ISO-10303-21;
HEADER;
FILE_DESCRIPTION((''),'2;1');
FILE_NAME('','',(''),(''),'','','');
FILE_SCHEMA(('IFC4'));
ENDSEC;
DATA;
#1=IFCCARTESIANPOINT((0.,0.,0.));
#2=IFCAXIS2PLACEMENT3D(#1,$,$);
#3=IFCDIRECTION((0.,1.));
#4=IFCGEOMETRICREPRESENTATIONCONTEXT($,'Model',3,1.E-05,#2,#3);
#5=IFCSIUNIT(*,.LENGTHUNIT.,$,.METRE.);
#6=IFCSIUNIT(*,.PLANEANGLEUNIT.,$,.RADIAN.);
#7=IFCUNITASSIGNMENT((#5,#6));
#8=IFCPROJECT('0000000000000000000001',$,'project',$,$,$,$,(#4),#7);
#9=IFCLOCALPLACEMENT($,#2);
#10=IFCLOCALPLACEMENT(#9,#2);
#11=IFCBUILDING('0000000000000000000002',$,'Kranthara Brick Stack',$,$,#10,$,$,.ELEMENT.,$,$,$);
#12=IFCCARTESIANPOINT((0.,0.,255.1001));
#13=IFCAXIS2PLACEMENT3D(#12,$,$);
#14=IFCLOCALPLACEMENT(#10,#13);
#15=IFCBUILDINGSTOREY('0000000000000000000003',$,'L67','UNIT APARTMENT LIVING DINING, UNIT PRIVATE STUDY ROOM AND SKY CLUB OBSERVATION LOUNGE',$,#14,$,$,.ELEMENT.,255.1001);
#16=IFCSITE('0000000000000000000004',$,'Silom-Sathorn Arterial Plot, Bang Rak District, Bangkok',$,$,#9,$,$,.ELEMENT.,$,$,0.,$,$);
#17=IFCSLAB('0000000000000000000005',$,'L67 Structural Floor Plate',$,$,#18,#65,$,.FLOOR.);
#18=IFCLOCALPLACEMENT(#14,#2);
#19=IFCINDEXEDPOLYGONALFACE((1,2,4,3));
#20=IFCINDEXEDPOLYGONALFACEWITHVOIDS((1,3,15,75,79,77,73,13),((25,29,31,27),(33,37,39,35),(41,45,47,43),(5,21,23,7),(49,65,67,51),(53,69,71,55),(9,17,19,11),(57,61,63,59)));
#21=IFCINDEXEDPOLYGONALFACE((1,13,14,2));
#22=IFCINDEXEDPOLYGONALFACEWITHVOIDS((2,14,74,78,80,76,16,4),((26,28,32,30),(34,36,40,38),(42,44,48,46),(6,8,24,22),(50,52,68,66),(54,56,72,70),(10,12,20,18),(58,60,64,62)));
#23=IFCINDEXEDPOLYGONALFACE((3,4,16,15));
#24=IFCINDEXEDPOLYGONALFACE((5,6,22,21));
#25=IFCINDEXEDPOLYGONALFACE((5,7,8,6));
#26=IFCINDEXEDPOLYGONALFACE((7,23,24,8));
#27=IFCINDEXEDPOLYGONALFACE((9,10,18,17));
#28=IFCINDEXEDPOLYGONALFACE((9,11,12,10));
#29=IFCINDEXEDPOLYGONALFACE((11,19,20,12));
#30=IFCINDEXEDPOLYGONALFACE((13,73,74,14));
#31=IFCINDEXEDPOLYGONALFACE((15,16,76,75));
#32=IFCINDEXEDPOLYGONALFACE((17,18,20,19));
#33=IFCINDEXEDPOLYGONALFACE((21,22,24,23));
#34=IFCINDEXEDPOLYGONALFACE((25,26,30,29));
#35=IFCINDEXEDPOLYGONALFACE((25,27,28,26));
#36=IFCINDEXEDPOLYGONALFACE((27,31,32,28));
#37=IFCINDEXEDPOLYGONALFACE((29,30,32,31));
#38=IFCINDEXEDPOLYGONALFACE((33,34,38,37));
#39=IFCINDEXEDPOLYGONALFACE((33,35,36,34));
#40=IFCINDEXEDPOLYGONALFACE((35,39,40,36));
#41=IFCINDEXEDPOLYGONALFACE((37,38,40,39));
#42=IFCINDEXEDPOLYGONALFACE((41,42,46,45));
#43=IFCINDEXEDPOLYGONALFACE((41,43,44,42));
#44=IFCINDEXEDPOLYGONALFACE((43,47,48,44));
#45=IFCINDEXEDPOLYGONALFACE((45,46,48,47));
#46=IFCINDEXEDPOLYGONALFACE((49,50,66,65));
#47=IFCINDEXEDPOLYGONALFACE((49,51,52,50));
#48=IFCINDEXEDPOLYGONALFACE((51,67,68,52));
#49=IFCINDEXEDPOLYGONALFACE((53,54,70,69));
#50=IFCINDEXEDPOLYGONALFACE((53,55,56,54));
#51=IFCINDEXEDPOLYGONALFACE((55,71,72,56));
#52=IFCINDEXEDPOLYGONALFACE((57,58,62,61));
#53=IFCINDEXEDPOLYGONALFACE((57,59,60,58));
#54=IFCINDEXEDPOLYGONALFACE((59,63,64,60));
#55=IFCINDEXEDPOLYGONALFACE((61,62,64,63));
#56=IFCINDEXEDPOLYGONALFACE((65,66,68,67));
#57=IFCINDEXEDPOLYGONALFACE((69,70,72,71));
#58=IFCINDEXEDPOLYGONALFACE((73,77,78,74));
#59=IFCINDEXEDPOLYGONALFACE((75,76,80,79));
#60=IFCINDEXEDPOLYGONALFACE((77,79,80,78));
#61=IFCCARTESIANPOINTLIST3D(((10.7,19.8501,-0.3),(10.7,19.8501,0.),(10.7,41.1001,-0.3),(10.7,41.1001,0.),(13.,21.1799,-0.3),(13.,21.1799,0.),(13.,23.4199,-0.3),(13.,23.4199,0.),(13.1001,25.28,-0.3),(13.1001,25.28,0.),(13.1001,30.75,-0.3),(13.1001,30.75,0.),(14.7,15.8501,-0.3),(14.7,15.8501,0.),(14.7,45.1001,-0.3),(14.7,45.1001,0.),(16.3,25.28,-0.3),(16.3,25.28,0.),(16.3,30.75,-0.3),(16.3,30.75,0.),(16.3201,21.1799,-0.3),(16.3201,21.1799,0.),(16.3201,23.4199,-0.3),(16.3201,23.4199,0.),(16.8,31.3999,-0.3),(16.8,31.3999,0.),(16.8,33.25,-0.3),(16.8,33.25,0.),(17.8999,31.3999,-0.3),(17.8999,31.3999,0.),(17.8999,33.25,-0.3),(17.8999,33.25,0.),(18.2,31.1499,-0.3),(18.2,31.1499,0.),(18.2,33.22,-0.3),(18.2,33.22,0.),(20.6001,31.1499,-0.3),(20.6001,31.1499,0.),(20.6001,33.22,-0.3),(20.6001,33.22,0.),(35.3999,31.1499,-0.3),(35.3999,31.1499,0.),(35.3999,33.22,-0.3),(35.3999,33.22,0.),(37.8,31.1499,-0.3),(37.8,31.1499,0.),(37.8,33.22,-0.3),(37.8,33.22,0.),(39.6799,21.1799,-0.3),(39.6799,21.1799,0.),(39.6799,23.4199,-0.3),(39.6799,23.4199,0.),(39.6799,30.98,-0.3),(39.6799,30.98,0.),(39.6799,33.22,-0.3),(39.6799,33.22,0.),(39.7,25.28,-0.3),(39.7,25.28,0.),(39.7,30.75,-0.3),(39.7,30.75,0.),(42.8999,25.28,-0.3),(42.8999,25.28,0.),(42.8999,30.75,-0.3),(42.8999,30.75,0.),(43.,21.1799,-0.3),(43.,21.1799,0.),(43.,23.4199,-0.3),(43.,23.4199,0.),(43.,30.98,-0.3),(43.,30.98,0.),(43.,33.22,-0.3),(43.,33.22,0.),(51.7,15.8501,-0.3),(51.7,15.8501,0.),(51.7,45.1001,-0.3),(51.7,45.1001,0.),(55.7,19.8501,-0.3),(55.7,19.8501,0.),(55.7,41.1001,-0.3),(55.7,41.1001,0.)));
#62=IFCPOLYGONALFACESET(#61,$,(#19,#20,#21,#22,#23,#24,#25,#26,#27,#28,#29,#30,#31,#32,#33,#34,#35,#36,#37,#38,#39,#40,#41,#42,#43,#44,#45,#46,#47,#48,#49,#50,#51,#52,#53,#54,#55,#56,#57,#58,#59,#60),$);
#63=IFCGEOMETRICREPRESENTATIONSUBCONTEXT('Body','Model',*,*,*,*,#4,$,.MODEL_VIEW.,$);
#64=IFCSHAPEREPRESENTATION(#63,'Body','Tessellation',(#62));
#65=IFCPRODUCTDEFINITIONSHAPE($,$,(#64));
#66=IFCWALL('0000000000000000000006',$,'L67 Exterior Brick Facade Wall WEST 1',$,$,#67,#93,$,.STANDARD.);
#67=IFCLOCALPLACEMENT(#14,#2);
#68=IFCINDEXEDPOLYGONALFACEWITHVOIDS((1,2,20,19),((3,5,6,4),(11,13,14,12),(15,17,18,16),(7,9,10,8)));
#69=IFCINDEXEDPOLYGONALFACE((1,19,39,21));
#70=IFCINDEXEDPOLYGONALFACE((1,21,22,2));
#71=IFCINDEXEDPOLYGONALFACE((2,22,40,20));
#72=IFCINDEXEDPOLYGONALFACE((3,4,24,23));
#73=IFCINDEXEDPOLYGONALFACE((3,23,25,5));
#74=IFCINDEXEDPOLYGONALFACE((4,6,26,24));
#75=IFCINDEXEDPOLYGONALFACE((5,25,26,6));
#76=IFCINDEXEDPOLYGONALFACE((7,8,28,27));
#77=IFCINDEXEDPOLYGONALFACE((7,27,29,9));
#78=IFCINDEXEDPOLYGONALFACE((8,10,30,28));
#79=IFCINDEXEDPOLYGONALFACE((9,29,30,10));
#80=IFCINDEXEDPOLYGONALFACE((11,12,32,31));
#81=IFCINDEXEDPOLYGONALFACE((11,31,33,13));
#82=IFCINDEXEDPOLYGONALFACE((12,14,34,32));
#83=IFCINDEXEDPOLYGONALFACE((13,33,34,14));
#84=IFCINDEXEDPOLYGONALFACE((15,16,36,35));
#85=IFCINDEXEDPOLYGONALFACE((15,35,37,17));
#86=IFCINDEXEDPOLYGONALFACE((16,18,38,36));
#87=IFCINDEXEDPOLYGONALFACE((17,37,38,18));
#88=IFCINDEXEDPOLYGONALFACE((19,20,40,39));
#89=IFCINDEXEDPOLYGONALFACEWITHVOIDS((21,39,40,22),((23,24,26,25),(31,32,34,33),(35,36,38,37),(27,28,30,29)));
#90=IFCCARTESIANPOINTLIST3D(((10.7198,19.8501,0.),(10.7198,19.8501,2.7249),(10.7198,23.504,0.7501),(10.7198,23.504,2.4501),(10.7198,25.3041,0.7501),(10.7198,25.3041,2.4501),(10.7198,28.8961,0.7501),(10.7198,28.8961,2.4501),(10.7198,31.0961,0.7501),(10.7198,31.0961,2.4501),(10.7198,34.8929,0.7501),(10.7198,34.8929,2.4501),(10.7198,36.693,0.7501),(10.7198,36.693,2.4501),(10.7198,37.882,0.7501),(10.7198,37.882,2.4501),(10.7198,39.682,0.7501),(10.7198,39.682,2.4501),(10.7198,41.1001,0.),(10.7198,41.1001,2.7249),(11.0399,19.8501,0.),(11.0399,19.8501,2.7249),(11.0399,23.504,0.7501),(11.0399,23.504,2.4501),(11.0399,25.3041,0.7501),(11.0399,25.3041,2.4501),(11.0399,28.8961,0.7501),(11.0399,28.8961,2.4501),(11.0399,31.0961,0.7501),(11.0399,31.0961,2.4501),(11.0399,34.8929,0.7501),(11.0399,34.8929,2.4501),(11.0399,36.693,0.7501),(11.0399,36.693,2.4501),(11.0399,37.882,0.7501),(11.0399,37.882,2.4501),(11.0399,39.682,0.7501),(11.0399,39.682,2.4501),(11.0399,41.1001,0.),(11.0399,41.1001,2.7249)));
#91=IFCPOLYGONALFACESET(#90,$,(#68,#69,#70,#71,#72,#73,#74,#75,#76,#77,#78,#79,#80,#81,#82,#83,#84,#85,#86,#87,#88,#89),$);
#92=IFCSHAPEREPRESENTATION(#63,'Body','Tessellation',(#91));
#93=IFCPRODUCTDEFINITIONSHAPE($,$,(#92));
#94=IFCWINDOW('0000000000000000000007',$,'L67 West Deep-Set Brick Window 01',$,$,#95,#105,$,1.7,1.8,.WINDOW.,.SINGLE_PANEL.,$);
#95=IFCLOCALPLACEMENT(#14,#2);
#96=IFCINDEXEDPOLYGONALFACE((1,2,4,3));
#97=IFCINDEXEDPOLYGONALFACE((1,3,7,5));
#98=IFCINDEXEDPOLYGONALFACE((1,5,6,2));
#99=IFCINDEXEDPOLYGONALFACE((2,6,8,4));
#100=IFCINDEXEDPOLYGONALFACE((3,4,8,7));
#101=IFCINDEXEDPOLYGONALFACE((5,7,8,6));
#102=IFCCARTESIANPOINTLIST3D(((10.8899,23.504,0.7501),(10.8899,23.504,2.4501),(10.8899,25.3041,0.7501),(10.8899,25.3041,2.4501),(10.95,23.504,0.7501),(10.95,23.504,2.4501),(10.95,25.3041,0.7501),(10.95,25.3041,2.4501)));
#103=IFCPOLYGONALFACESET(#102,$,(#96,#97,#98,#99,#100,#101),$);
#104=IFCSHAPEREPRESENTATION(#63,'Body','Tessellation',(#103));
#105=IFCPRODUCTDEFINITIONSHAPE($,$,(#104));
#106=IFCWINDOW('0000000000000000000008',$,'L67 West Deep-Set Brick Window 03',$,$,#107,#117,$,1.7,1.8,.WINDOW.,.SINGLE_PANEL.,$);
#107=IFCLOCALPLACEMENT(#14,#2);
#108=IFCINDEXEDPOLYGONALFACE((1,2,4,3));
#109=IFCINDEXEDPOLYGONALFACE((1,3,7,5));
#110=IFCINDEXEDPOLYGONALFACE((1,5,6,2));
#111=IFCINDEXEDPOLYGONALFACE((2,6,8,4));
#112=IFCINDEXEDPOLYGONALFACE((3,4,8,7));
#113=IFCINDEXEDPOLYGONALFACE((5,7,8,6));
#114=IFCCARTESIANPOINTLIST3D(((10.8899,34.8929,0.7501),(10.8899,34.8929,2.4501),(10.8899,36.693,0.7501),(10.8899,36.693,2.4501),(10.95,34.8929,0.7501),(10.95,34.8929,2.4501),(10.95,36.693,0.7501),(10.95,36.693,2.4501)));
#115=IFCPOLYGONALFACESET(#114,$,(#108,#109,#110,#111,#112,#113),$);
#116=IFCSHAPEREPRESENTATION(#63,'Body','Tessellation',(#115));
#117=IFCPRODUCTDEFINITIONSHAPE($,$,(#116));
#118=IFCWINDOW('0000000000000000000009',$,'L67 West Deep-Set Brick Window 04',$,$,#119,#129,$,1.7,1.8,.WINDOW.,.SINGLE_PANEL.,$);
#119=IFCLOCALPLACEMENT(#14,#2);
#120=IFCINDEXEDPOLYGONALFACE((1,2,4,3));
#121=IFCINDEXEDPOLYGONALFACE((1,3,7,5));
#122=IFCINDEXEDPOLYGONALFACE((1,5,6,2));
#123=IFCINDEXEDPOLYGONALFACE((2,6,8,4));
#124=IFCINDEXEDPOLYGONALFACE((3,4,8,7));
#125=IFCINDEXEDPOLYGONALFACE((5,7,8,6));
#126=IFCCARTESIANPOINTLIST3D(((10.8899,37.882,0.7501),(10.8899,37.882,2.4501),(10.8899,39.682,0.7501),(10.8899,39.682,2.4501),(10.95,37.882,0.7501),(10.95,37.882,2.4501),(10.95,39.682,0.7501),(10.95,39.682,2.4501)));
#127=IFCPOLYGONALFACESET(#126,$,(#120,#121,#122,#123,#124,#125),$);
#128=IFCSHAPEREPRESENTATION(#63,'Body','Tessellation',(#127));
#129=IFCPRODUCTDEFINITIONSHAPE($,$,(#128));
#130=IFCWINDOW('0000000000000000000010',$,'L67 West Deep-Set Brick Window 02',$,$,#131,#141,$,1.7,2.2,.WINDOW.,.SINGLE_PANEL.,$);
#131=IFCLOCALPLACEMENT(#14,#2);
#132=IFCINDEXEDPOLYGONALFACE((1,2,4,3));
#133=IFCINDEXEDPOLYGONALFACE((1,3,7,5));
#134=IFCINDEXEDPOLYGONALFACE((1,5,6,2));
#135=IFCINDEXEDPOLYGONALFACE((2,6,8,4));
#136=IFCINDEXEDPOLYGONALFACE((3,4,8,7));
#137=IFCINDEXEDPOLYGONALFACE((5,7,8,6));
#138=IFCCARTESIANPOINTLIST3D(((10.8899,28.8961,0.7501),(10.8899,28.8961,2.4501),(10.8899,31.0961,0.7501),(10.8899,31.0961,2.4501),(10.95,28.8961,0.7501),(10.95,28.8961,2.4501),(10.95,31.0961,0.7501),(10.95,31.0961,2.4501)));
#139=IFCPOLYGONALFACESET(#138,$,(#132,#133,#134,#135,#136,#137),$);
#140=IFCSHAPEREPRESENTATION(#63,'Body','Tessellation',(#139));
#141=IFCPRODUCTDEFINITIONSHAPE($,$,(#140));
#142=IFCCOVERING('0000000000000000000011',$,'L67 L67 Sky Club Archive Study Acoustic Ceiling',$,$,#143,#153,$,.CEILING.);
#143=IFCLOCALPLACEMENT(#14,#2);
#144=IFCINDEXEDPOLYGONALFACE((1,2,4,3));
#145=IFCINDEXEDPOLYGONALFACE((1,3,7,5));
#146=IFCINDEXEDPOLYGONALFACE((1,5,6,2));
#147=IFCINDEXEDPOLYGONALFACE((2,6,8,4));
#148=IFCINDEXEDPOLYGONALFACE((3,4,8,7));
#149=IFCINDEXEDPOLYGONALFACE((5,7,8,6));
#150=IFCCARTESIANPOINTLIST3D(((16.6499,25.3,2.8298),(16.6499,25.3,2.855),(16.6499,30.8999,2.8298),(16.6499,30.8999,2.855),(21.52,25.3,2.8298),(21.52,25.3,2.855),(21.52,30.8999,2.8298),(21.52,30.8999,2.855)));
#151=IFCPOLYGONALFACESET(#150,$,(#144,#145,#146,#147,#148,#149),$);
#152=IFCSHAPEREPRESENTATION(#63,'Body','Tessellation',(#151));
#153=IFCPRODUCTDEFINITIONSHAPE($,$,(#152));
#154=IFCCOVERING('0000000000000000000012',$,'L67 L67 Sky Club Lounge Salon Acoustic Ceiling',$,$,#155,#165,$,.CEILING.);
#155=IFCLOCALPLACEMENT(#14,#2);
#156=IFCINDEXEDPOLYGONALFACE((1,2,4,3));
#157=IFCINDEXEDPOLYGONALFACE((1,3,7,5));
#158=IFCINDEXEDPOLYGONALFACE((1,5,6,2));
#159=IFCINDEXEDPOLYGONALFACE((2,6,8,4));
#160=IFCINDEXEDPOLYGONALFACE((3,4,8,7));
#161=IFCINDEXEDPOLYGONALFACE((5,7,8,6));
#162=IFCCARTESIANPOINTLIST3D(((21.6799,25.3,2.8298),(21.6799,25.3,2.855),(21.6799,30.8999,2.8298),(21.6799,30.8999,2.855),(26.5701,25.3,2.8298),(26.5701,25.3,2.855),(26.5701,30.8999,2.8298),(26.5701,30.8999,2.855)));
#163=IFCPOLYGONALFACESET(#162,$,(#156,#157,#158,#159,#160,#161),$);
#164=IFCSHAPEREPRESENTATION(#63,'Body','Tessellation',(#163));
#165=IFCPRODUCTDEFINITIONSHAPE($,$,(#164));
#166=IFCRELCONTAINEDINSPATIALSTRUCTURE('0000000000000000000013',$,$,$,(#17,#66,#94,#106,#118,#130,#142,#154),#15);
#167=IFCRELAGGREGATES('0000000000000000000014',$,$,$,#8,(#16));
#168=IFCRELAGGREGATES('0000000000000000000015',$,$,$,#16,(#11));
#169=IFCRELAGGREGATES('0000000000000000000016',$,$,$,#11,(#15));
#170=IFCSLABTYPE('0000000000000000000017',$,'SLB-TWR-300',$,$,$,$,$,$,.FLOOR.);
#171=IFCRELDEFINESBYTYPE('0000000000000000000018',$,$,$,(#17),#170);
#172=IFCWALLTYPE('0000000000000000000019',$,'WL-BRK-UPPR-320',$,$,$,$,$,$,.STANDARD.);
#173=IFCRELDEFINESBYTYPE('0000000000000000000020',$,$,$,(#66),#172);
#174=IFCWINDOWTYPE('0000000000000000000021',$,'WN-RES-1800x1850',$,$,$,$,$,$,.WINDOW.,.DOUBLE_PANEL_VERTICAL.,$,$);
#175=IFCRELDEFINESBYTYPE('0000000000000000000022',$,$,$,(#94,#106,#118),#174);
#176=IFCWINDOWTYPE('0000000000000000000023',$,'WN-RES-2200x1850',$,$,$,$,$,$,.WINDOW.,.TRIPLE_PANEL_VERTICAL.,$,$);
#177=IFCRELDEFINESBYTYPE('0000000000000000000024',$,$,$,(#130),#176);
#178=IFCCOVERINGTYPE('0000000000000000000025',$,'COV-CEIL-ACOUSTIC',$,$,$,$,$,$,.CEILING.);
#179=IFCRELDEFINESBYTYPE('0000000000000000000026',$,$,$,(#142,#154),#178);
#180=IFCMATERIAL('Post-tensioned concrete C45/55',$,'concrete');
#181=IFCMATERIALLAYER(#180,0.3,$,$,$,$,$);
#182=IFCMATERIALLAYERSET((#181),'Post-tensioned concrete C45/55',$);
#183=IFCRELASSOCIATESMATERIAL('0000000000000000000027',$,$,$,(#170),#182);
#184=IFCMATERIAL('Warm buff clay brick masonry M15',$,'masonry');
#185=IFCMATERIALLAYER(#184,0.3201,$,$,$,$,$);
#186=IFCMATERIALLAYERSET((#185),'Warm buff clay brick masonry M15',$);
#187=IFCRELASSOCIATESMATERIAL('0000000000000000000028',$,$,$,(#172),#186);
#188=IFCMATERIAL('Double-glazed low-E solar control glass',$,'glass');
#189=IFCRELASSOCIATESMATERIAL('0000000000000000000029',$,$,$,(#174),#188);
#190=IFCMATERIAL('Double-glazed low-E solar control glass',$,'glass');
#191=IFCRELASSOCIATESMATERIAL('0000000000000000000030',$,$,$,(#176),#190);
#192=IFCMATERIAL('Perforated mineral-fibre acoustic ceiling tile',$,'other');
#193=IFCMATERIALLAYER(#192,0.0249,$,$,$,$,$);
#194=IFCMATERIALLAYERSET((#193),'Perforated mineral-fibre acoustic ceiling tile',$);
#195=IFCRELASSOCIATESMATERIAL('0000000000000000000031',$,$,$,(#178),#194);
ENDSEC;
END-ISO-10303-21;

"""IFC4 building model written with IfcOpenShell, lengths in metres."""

from ifc_helpers import new_model, si_unit, direction, frame, frame_2d, origin, place, context, subcontext, project, spatial, polyline, rectangle, outline, extrude, material, layer, layer_set, type_object, element, fill, save


model = new_model("IFC4")

# Units and contexts
model_context = context("Model", 3, precision=1e-05, world=origin(), true_north=direction((0.0, 1.0)))
body_context = subcontext(model_context, "Body", "Model", "MODEL_VIEW")
ifc_project = project(units=[si_unit("LENGTHUNIT", "METRE"), si_unit("PLANEANGLEUNIT", "RADIAN")], contexts=[model_context])

# Site, building, storey
site_placement = place(None, origin())
site = spatial("IfcSite", under=ifc_project, at=site_placement, Name="Silom-Sathorn Arterial Plot, Bang Rak District, Bangkok", CompositionType="ELEMENT", RefElevation=0.0)
building_placement = place(site_placement, origin())
building = spatial("IfcBuilding", under=site, at=building_placement, Name="Kranthara Brick Stack", CompositionType="ELEMENT")
storey_placement = place(building_placement, frame((0.0, 0.0, 255.1001)))
storey = spatial("IfcBuildingStorey", under=building, at=storey_placement, Name="L67", Description="UNIT APARTMENT LIVING DINING, UNIT PRIVATE STUDY ROOM AND SKY CLUB OBSERVATION LOUNGE", CompositionType="ELEMENT", Elevation=255.1001)

# Slab
ifc_material_1 = material(Name="Post-tensioned concrete C45/55", Category="concrete")
ifc_layer_1 = layer(ifc_material_1, 0.3)
ifc_layer_set_1 = layer_set([ifc_layer_1], Name="Post-tensioned concrete C45/55")
slab_type_1 = type_object("IfcSlabType", Name="SLB-TWR-300", PredefinedType="FLOOR", material=ifc_layer_set_1)
slab_1_placement = place(storey_placement, frame((0.0, 0.0, -0.3)))
element("IfcSlab", 1, at=slab_1_placement, inside=storey, type_object=slab_type_1, Name="L67 Structural Floor Plate", PredefinedType="FLOOR", context=body_context, shape_type="SweptSolid", body=[
    extrude(outline(polyline([(14.7, 15.8501), (51.7, 15.8501), (55.7, 19.8501), (55.7, 41.1001), (51.7, 45.1001), (14.7, 45.1001), (10.7, 41.1001), (10.7, 19.8501), (14.7, 15.8501)]), holes=[polyline([(13.1001, 25.28), (16.3, 25.28), (16.3, 30.75), (13.1001, 30.75), (13.1001, 25.28)]), polyline([(39.7, 25.28), (42.8999, 25.28), (42.8999, 30.75), (39.7, 30.75), (39.7, 25.28)]), polyline([(13.0, 21.1799), (16.3201, 21.1799), (16.3201, 23.4199), (13.0, 23.4199), (13.0, 21.1799)]), polyline([(39.6799, 21.1799), (43.0, 21.1799), (43.0, 23.4199), (39.6799, 23.4199), (39.6799, 21.1799)]), polyline([(39.6799, 30.98), (43.0, 30.98), (43.0, 33.22), (39.6799, 33.22), (39.6799, 30.98)]), polyline([(18.2, 31.1499), (20.6001, 31.1499), (20.6001, 33.22), (18.2, 33.22), (18.2, 31.1499)]), polyline([(35.3999, 31.1499), (37.8, 31.1499), (37.8, 33.22), (35.3999, 33.22), (35.3999, 31.1499)]), polyline([(16.8, 31.3999), (17.8999, 31.3999), (17.8999, 33.25), (16.8, 33.25), (16.8, 31.3999)])]), origin(), (0.0, 0.0, 1.0), 0.3),
])

# Wall, openings, windows
ifc_material_2 = material(Name="Warm buff clay brick masonry M15", Category="masonry")
ifc_layer_2 = layer(ifc_material_2, 0.3201)
ifc_layer_set_2 = layer_set([ifc_layer_2], Name="Warm buff clay brick masonry M15")
wall_type = type_object("IfcWallType", Name="WL-BRK-UPPR-320", PredefinedType="STANDARD", material=ifc_layer_set_2)
wall_placement = place(storey_placement, frame((10.8799, 19.8501, 0.0), z_axis=(0.0, 0.0, 1.0), x_axis=(0.0, 1.0, 0.0)))
wall = element("IfcWall", 2, at=wall_placement, inside=storey, type_object=wall_type, Name="L67 Exterior Brick Facade Wall WEST 1", PredefinedType="STANDARD", context=body_context, shape_type="SweptSolid", body=[
    extrude(rectangle(XDim=21.25, YDim=0.3201, at=frame_2d((10.625, 0.0))), origin(), (0.0, 0.0, 1.0), 2.7249),
])
opening_1_placement = place(wall_placement, frame((3.6541, 0.0, 0.75)))
opening_1 = element("IfcOpeningElement", 3, at=opening_1_placement, cuts=wall, PredefinedType="OPENING", context=body_context, shape_type="SweptSolid", body=[
    extrude(rectangle(XDim=1.8, YDim=1.7, at=frame_2d((0.8999, 0.8501))), frame((0.0, 0.1699, 0.0), z_axis=(0.0, -1.0, 0.0), x_axis=(1.0, 0.0, 0.0)), (0.0, 0.0, 1.0), 0.3401),
])
opening_2_placement = place(wall_placement, frame((9.0459, 0.0, 0.75)))
opening_2 = element("IfcOpeningElement", 4, at=opening_2_placement, cuts=wall, PredefinedType="OPENING", context=body_context, shape_type="SweptSolid", body=[
    extrude(rectangle(XDim=2.2, YDim=1.7, at=frame_2d((1.1001, 0.8501))), frame((0.0, 0.1699, 0.0), z_axis=(0.0, -1.0, 0.0), x_axis=(1.0, 0.0, 0.0)), (0.0, 0.0, 1.0), 0.3401),
])
opening_3_placement = place(wall_placement, frame((15.043, 0.0, 0.75)))
opening_3 = element("IfcOpeningElement", 5, at=opening_3_placement, cuts=wall, PredefinedType="OPENING", context=body_context, shape_type="SweptSolid", body=[
    extrude(rectangle(XDim=1.8, YDim=1.7, at=frame_2d((0.8999, 0.8501))), frame((0.0, 0.1699, 0.0), z_axis=(0.0, -1.0, 0.0), x_axis=(1.0, 0.0, 0.0)), (0.0, 0.0, 1.0), 0.3401),
])
opening_4_placement = place(wall_placement, frame((18.032, 0.0, 0.75)))
opening_4 = element("IfcOpeningElement", 6, at=opening_4_placement, cuts=wall, PredefinedType="OPENING", context=body_context, shape_type="SweptSolid", body=[
    extrude(rectangle(XDim=1.8, YDim=1.7, at=frame_2d((0.8999, 0.8501))), frame((0.0, 0.1699, 0.0), z_axis=(0.0, -1.0, 0.0), x_axis=(1.0, 0.0, 0.0)), (0.0, 0.0, 1.0), 0.3401),
])
ifc_material_3 = material(Name="Double-glazed low-E solar control glass", Category="glass")
window_type_1 = type_object("IfcWindowType", Name="WN-RES-1800x1850", PartitioningType="DOUBLE_PANEL_VERTICAL", PredefinedType="WINDOW", material=ifc_material_3)
window_1_placement = place(opening_1_placement, origin())
window_1 = element("IfcWindow", 7, at=window_1_placement, inside=storey, type_object=window_type_1, Name="L67 West Deep-Set Brick Window 01", OverallHeight=1.7, OverallWidth=1.8, PartitioningType="SINGLE_PANEL", PredefinedType="WINDOW", context=body_context, shape_type="SweptSolid", body=[
    extrude(rectangle(XDim=1.8, YDim=1.7, at=frame_2d((0.8999, 0.8501))), frame((0.0, -0.01, 0.0), z_axis=(0.0, -1.0, 0.0), x_axis=(1.0, 0.0, 0.0)), (0.0, 0.0, 1.0), 0.0601),
])
fill(opening_1, window_1)
window_2_placement = place(opening_3_placement, origin())
window_2 = element("IfcWindow", 8, at=window_2_placement, inside=storey, type_object=window_type_1, Name="L67 West Deep-Set Brick Window 03", OverallHeight=1.7, OverallWidth=1.8, PartitioningType="SINGLE_PANEL", PredefinedType="WINDOW", context=body_context, shape_type="SweptSolid", body=[
    extrude(rectangle(XDim=1.8, YDim=1.7, at=frame_2d((0.8999, 0.8501))), frame((0.0, -0.01, 0.0), z_axis=(0.0, -1.0, 0.0), x_axis=(1.0, 0.0, 0.0)), (0.0, 0.0, 1.0), 0.0601),
])
fill(opening_3, window_2)
window_3_placement = place(opening_4_placement, origin())
window_3 = element("IfcWindow", 9, at=window_3_placement, inside=storey, type_object=window_type_1, Name="L67 West Deep-Set Brick Window 04", OverallHeight=1.7, OverallWidth=1.8, PartitioningType="SINGLE_PANEL", PredefinedType="WINDOW", context=body_context, shape_type="SweptSolid", body=[
    extrude(rectangle(XDim=1.8, YDim=1.7, at=frame_2d((0.8999, 0.8501))), frame((0.0, -0.01, 0.0), z_axis=(0.0, -1.0, 0.0), x_axis=(1.0, 0.0, 0.0)), (0.0, 0.0, 1.0), 0.0601),
])
fill(opening_4, window_3)
ifc_material_4 = material(Name="Double-glazed low-E solar control glass", Category="glass")
window_type_2 = type_object("IfcWindowType", Name="WN-RES-2200x1850", PartitioningType="TRIPLE_PANEL_VERTICAL", PredefinedType="WINDOW", material=ifc_material_4)
window_4_placement = place(opening_2_placement, origin())
window_4 = element("IfcWindow", 10, at=window_4_placement, inside=storey, type_object=window_type_2, Name="L67 West Deep-Set Brick Window 02", OverallHeight=1.7, OverallWidth=2.2, PartitioningType="SINGLE_PANEL", PredefinedType="WINDOW", context=body_context, shape_type="SweptSolid", body=[
    extrude(rectangle(XDim=2.2, YDim=1.7, at=frame_2d((1.1001, 0.8501))), frame((0.0, -0.01, 0.0), z_axis=(0.0, -1.0, 0.0), x_axis=(1.0, 0.0, 0.0)), (0.0, 0.0, 1.0), 0.0601),
])
fill(opening_2, window_4)

# Coverings
ifc_material_5 = material(Name="Perforated mineral-fibre acoustic ceiling tile", Category="other")
ifc_layer_3 = layer(ifc_material_5, 0.0249)
ifc_layer_set_3 = layer_set([ifc_layer_3], Name="Perforated mineral-fibre acoustic ceiling tile")
covering_type_1 = type_object("IfcCoveringType", Name="COV-CEIL-ACOUSTIC", PredefinedType="CEILING", material=ifc_layer_set_3)
covering_1_placement = place(storey_placement, frame((0.0, 0.0, 2.8298)))
element("IfcCovering", 11, at=covering_1_placement, inside=storey, type_object=covering_type_1, Name="L67 L67 Sky Club Archive Study Acoustic Ceiling", PredefinedType="CEILING", context=body_context, shape_type="SweptSolid", body=[
    extrude(outline(polyline([(21.52, 25.3), (21.52, 30.8999), (16.6499, 30.8999), (16.6499, 25.3), (21.52, 25.3)])), origin(), (0.0, 0.0, 1.0), 0.0251),
])
covering_2_placement = place(storey_placement, frame((0.0, 0.0, 2.8298)))
element("IfcCovering", 12, at=covering_2_placement, inside=storey, type_object=covering_type_1, Name="L67 L67 Sky Club Lounge Salon Acoustic Ceiling", PredefinedType="CEILING", context=body_context, shape_type="SweptSolid", body=[
    extrude(outline(polyline([(26.5701, 25.3), (26.5701, 30.8999), (21.6799, 30.8999), (21.6799, 25.3), (26.5701, 25.3)])), origin(), (0.0, 0.0, 1.0), 0.0251),
])

save(model, "model.ifc")
